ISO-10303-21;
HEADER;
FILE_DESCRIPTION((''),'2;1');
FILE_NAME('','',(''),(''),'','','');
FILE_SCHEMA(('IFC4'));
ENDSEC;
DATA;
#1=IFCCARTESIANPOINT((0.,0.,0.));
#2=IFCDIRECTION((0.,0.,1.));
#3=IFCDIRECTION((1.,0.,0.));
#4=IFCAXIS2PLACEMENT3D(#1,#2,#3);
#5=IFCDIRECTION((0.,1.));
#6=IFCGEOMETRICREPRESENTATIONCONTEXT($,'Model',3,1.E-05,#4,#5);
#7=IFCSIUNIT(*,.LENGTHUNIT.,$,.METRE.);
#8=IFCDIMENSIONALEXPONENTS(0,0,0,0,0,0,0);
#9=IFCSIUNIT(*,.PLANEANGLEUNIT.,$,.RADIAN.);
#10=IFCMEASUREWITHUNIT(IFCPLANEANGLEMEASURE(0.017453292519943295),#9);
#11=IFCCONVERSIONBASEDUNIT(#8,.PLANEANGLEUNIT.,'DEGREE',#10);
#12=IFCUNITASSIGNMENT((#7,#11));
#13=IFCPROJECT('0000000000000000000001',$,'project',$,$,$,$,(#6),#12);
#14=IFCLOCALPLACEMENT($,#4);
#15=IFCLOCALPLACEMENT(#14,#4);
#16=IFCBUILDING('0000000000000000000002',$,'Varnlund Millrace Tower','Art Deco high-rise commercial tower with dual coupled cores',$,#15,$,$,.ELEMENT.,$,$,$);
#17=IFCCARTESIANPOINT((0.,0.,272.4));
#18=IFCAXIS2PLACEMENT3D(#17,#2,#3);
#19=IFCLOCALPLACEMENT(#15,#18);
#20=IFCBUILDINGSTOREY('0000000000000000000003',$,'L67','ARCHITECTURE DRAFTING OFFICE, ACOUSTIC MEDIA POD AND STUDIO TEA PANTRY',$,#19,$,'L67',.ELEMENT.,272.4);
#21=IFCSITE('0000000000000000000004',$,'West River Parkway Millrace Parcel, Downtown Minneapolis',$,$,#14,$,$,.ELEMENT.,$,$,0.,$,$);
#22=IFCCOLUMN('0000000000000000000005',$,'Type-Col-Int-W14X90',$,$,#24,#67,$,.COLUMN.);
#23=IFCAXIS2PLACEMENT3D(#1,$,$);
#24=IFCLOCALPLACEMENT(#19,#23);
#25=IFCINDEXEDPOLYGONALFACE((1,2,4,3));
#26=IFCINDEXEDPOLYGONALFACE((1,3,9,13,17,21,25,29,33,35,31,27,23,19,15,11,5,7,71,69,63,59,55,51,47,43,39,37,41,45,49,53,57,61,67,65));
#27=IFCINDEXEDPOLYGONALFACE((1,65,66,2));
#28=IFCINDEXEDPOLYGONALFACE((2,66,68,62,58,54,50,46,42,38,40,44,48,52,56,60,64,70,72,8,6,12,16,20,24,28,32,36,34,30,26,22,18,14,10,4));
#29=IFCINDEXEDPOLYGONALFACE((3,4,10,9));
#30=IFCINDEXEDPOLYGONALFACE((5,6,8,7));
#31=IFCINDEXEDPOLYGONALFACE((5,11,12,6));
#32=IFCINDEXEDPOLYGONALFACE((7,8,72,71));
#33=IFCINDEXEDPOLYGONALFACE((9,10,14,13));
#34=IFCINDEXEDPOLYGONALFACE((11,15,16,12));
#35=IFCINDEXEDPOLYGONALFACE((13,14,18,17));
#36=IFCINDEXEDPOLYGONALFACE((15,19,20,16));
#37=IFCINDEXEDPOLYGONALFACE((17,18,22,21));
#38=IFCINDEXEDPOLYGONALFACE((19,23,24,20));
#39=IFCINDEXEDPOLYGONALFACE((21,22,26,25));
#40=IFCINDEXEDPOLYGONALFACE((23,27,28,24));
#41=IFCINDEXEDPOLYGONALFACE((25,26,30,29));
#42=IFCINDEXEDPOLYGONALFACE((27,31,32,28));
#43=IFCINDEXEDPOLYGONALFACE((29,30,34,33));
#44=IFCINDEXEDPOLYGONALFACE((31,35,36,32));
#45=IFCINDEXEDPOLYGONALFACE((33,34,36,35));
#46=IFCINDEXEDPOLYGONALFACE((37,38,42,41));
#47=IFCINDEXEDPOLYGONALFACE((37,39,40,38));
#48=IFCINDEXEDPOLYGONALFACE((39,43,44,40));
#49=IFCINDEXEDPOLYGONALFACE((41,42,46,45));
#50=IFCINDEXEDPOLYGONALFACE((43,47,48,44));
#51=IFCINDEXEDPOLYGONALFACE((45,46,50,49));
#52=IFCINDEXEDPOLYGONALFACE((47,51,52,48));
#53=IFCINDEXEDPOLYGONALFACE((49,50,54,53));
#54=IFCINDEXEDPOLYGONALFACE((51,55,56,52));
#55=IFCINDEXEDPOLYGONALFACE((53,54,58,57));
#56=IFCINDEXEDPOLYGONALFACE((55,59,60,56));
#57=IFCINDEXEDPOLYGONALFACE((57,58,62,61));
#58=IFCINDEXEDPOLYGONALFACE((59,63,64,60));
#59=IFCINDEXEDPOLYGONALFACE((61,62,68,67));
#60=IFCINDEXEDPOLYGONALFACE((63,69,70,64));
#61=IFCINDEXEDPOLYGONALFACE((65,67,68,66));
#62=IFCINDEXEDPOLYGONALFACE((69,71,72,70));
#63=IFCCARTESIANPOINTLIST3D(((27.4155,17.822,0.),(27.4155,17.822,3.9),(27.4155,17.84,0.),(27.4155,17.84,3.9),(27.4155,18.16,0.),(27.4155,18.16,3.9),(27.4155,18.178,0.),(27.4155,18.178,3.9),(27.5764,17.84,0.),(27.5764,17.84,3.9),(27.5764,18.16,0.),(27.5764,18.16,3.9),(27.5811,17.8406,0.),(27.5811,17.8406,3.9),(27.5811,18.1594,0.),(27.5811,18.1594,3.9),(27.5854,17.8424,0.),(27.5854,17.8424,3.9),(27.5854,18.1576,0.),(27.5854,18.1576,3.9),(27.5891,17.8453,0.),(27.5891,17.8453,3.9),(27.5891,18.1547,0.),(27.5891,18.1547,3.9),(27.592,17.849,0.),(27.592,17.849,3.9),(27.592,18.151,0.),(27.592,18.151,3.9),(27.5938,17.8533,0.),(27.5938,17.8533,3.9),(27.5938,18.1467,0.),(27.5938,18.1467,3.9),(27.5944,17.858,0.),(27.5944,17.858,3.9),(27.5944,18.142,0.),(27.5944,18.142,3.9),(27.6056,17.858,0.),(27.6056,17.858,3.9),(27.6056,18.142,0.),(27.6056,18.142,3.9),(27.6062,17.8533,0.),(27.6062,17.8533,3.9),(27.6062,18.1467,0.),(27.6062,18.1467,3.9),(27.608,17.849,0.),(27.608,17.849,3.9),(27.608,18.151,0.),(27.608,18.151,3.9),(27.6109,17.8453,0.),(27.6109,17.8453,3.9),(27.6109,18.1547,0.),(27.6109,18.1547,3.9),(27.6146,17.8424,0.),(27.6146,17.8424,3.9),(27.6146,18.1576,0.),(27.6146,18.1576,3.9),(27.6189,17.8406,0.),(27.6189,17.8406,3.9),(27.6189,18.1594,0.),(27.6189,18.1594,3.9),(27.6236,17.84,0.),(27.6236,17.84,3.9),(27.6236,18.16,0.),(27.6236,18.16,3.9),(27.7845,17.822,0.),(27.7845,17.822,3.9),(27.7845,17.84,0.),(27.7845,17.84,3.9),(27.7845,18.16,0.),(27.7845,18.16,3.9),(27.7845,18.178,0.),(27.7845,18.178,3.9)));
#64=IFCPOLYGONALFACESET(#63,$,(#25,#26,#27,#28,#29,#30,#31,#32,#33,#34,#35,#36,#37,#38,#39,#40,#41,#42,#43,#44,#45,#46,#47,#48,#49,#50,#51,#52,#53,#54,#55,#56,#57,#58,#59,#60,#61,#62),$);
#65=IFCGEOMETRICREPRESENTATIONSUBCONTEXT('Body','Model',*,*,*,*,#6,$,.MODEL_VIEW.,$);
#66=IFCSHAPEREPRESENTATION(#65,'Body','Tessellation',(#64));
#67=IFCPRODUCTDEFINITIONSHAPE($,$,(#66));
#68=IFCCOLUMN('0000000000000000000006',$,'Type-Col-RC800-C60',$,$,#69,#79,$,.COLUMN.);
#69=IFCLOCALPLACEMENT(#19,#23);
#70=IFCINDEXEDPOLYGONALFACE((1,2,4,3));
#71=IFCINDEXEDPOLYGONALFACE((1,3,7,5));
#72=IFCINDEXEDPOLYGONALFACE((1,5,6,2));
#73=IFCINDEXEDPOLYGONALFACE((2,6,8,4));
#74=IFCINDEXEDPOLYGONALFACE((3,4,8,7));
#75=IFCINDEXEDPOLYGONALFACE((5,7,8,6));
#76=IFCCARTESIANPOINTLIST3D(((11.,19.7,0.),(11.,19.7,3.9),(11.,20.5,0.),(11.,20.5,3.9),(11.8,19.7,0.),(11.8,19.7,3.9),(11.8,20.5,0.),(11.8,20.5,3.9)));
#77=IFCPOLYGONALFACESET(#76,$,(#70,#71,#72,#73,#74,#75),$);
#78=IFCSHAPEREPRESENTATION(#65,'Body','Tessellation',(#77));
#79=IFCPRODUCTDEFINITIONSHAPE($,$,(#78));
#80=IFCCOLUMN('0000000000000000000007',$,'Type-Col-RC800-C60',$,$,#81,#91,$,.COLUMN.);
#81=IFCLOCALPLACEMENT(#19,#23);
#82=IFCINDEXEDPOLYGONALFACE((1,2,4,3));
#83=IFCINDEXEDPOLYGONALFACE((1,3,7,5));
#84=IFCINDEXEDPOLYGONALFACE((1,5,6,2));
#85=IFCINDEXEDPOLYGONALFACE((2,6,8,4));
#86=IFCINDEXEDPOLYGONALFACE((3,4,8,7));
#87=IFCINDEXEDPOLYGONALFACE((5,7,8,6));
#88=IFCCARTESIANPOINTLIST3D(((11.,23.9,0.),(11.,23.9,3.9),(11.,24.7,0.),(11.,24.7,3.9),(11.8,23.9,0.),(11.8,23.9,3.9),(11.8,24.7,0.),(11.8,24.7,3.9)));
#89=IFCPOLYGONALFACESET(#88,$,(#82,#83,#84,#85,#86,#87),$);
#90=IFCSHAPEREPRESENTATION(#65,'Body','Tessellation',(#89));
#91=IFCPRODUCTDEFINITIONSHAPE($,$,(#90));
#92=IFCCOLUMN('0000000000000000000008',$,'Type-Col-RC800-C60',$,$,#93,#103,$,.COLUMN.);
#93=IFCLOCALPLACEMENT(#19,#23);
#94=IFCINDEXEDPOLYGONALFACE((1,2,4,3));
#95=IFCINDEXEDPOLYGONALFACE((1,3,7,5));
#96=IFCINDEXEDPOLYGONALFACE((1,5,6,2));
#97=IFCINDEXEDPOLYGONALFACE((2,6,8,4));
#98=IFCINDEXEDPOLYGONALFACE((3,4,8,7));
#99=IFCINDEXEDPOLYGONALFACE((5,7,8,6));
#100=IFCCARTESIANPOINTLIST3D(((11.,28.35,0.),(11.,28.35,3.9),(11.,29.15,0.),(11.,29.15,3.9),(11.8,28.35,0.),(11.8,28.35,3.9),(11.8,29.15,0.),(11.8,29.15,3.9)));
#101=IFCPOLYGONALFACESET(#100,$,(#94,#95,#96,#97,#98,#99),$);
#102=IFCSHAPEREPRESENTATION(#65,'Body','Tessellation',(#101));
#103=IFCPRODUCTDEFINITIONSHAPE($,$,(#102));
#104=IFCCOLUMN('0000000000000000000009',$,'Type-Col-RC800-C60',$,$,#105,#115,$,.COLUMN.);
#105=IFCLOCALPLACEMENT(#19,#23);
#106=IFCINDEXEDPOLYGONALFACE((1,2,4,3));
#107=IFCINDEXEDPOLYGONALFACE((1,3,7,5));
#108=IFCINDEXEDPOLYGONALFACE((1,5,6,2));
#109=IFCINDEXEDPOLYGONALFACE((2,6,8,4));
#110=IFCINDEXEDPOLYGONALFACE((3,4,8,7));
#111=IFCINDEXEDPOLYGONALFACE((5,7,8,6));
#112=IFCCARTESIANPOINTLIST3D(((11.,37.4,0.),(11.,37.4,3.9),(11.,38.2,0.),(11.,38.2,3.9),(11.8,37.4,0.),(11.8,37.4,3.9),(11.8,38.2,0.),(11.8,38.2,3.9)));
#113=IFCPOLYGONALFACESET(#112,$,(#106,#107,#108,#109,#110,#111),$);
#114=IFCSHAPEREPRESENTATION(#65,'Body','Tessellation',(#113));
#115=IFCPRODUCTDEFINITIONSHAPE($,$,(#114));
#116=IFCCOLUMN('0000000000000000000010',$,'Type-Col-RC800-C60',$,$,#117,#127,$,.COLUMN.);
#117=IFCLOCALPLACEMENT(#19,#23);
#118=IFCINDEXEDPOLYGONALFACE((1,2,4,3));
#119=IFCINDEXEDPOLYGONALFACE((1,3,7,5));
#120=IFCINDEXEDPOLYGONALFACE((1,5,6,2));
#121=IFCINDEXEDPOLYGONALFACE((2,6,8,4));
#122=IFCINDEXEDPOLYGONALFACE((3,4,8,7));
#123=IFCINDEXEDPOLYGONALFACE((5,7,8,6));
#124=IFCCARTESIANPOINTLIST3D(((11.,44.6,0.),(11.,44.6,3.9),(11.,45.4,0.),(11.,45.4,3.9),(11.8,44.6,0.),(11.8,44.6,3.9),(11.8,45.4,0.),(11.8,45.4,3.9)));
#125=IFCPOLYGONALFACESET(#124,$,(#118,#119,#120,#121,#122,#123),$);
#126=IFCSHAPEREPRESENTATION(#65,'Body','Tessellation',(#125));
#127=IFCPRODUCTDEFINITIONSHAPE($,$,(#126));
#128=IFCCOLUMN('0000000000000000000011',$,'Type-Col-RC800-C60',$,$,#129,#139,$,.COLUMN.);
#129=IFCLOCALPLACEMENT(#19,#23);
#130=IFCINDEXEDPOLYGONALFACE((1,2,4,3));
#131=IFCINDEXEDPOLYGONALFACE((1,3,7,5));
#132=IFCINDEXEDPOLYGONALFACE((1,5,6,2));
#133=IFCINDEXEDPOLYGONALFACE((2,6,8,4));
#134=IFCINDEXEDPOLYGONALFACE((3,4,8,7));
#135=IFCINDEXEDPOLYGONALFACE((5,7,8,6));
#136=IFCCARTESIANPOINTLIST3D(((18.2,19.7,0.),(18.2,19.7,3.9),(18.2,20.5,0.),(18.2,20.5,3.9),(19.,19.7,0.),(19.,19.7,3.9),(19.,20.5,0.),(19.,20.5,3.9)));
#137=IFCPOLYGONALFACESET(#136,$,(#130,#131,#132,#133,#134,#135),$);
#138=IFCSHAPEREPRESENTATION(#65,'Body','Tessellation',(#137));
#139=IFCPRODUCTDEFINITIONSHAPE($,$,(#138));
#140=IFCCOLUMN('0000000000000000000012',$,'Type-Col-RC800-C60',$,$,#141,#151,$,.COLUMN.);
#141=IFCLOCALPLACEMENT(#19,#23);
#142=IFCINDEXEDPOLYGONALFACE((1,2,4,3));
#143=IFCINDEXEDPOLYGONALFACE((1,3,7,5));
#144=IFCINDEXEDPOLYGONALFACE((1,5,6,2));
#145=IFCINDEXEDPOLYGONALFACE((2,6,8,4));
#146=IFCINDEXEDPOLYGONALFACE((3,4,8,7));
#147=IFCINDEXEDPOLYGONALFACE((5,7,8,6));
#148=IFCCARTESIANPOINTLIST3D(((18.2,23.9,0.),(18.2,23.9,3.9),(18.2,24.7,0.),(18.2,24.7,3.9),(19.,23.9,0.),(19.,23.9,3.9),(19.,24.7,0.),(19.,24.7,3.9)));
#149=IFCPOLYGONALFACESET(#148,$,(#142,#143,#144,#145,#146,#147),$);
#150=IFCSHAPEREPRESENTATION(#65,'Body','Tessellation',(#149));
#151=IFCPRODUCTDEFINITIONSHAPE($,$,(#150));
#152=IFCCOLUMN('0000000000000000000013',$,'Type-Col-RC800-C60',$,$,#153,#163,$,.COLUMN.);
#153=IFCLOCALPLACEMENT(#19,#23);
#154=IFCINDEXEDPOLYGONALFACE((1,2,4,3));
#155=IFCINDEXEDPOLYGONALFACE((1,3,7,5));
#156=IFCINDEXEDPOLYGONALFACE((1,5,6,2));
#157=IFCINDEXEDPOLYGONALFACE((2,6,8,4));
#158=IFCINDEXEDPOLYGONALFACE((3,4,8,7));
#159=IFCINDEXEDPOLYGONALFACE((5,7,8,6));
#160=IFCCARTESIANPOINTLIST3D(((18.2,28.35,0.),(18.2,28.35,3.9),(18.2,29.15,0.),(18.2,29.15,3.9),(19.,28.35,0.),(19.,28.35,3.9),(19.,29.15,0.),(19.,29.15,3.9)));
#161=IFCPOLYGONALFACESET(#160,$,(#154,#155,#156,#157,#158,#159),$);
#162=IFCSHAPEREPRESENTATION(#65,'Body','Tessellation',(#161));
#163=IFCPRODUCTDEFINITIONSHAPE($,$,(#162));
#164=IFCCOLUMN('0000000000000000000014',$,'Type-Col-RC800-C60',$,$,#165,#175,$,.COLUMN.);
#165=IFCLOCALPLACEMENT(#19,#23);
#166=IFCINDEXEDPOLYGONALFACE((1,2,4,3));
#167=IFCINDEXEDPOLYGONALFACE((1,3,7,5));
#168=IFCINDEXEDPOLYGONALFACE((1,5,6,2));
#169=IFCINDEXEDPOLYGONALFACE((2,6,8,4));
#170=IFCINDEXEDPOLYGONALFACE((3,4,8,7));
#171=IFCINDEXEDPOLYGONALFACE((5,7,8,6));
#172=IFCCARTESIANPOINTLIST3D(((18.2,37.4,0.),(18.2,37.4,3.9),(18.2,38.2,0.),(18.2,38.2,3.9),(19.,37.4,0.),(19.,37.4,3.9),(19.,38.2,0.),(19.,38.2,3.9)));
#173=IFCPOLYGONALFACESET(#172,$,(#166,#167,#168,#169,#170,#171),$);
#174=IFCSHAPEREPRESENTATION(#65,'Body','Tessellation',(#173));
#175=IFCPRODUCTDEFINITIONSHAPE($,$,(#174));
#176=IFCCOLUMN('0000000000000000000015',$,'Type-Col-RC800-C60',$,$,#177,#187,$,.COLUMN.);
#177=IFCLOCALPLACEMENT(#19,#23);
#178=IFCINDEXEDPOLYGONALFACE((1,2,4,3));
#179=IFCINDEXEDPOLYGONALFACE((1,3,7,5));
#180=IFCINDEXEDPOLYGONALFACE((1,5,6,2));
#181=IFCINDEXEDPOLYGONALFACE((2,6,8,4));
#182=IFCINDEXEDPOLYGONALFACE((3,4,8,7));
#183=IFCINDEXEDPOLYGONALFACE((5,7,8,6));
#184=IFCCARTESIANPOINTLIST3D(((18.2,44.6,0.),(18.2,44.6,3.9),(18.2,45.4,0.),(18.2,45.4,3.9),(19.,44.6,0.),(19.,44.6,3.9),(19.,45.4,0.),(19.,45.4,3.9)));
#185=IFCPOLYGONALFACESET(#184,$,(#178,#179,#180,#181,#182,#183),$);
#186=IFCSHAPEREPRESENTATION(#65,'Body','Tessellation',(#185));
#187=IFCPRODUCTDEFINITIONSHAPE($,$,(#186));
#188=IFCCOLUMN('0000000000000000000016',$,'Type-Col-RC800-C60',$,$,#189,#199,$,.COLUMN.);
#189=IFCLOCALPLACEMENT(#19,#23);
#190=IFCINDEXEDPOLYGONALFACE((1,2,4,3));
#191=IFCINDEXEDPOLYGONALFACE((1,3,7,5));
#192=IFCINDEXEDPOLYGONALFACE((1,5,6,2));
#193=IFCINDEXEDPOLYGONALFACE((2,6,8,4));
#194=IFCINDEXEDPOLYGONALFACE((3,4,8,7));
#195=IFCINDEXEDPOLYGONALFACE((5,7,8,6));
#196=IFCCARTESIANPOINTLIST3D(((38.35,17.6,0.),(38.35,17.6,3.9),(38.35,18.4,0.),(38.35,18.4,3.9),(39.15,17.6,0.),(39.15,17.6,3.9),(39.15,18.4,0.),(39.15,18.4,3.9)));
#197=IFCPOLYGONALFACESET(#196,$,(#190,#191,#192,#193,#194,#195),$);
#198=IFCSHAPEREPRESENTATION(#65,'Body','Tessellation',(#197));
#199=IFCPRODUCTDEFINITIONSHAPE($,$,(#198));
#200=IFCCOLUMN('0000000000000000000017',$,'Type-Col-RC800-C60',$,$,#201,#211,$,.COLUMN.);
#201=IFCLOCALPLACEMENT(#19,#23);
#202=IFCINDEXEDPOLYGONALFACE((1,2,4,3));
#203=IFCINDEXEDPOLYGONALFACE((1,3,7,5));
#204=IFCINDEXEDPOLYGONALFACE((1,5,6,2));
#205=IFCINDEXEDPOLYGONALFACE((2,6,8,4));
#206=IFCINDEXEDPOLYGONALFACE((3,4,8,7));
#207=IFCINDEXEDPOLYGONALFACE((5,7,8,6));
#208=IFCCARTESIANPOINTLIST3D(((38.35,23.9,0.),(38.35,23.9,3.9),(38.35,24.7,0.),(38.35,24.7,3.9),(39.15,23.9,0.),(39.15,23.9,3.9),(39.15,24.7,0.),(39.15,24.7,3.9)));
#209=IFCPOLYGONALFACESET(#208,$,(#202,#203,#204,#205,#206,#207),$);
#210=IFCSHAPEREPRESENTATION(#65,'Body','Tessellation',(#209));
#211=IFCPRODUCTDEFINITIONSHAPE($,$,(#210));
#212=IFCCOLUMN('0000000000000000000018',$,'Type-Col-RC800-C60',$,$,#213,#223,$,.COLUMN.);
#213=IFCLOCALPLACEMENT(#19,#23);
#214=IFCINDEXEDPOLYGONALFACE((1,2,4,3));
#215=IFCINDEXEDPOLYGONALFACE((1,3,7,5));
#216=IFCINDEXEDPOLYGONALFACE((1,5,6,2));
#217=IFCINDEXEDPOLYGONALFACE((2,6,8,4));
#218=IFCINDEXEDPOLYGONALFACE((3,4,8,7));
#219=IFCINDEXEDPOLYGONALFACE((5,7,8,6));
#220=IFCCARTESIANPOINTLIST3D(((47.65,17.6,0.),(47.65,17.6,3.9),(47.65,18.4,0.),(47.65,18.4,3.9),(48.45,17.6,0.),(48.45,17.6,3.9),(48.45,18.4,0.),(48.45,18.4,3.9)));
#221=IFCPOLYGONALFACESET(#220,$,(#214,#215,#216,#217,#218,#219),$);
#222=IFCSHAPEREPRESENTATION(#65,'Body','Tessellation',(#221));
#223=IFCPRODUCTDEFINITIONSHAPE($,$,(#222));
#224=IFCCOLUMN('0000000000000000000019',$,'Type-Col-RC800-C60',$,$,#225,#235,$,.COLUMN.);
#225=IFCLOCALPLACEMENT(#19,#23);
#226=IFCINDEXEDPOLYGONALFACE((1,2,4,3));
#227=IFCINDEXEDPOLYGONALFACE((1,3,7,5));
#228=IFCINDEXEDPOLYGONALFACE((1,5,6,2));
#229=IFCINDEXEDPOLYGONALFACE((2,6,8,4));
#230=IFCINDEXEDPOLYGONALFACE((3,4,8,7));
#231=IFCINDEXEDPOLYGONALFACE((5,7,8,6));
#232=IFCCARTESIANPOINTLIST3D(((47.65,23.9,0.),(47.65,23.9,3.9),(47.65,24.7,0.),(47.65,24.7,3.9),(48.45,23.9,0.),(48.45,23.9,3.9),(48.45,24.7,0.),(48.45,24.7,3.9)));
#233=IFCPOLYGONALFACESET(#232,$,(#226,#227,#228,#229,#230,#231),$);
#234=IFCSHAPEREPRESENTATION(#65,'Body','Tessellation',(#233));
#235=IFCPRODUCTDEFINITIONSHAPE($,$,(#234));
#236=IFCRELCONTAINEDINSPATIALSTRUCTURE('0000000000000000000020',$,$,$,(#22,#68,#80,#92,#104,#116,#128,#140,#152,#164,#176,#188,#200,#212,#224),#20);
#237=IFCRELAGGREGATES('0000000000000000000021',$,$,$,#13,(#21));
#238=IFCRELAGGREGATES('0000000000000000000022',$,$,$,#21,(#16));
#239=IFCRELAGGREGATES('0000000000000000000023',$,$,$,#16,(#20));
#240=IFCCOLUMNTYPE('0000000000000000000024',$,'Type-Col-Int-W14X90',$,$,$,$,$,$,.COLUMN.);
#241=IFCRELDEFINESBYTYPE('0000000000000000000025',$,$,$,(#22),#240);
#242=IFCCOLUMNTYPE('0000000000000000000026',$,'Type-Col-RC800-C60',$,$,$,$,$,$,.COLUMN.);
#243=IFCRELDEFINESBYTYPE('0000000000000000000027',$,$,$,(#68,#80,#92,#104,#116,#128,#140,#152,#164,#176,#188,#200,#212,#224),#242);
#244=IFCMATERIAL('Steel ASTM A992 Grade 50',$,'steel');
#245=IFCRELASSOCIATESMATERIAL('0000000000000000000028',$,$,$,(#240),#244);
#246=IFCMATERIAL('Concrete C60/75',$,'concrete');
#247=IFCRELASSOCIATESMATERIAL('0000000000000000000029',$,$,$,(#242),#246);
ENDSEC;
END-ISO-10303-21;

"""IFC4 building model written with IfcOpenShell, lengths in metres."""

from ifc_helpers import new_model, entity, si_unit, converted_unit, direction, frame, origin_with_axes, origin_2d_with_axis, place, context, subcontext, project, spatial, rectangle, i_section, extrude, material, material_profile, profile_set, type_object, element, save


model = new_model("IFC4")

# Units and contexts
model_context = context("Model", 3, precision=1e-05, world=origin_with_axes(), true_north=direction((0.0, 1.0)))
body_context = subcontext(model_context, "Body", "Model", "MODEL_VIEW")
ifc_project = project(units=[si_unit("LENGTHUNIT", "METRE"), converted_unit("PLANEANGLEUNIT", "DEGREE", entity("IfcPlaneAngleMeasure", 0.017453292519943295), si_unit("PLANEANGLEUNIT", "RADIAN"), dimensions=[0, 0, 0, 0, 0, 0, 0])], contexts=[model_context])

# Site, building, storey
site_placement = place(None, origin_with_axes())
site = spatial("IfcSite", under=ifc_project, at=site_placement, Name="West River Parkway Millrace Parcel, Downtown Minneapolis", CompositionType="ELEMENT", RefElevation=0.0)
building_placement = place(site_placement, origin_with_axes())
building = spatial("IfcBuilding", under=site, at=building_placement, Name="Varnlund Millrace Tower", Description="Art Deco high-rise commercial tower with dual coupled cores", CompositionType="ELEMENT")
storey_placement = place(building_placement, frame((0.0, 0.0, 272.4), z_axis=(0.0, 0.0, 1.0), x_axis=(1.0, 0.0, 0.0)))
storey = spatial("IfcBuildingStorey", under=building, at=storey_placement, Name="L67", Description="ARCHITECTURE DRAFTING OFFICE, ACOUSTIC MEDIA POD AND STUDIO TEA PANTRY", LongName="L67", CompositionType="ELEMENT", Elevation=272.4)

# Columns
ifc_material_1 = material(Name="Steel ASTM A992 Grade 50", Category="steel")
ifc_material_profile_1 = material_profile(ifc_material_1, i_section(OverallWidth=0.369, OverallDepth=0.356, WebThickness=0.0112, FlangeThickness=0.018, FilletRadius=0.018, at=origin_2d_with_axis()), Name="Steel ASTM A992 Grade 50")
ifc_profile_set_1 = profile_set([ifc_material_profile_1], Name="Steel ASTM A992 Grade 50")
column_type_1 = type_object("IfcColumnType", Name="Type-Col-Int-W14X90", PredefinedType="COLUMN", material=ifc_profile_set_1)
column_placement = place(storey_placement, frame((27.6, 18.0, 0.0), z_axis=(0.0, 0.0, 1.0), x_axis=(1.0, 0.0, 0.0)))
element("IfcColumn", 1, at=column_placement, inside=storey, type_object=column_type_1, Name="Type-Col-Int-W14X90", PredefinedType="COLUMN", context=body_context, shape_type="SweptSolid", body=[
    extrude(i_section(OverallWidth=0.369, OverallDepth=0.356, WebThickness=0.0112, FlangeThickness=0.018, FilletRadius=0.018, at=origin_2d_with_axis()), origin_with_axes(), (0.0, 0.0, 1.0), 3.9),
])
ifc_material_2 = material(Name="Concrete C60/75", Category="concrete")
ifc_material_profile_2 = material_profile(ifc_material_2, rectangle(XDim=0.8, YDim=0.8, at=origin_2d_with_axis()), Name="Concrete C60/75")
ifc_profile_set_2 = profile_set([ifc_material_profile_2], Name="Concrete C60/75")
column_type_2 = type_object("IfcColumnType", Name="Type-Col-RC800-C60", PredefinedType="COLUMN", material=ifc_profile_set_2)
for number, where, z_axis, x_axis, name in (
    (2, (11.4, 20.1, 0.0), (0.0, 0.0, 1.0), (1.0, 0.0, 0.0), "Type-Col-RC800-C60"),
    (3, (11.4, 24.3, 0.0), (0.0, 0.0, 1.0), (1.0, 0.0, 0.0), "Type-Col-RC800-C60"),
    (4, (11.4, 28.75, 0.0), (0.0, 0.0, 1.0), (1.0, 0.0, 0.0), "Type-Col-RC800-C60"),
    (5, (11.4, 37.8, 0.0), (0.0, 0.0, 1.0), (1.0, 0.0, 0.0), "Type-Col-RC800-C60"),
    (6, (11.4, 45.0, 0.0), (0.0, 0.0, 1.0), (1.0, 0.0, 0.0), "Type-Col-RC800-C60"),
    (7, (18.6, 20.1, 0.0), (0.0, 0.0, 1.0), (1.0, 0.0, 0.0), "Type-Col-RC800-C60"),
    (8, (18.6, 24.3, 0.0), (0.0, 0.0, 1.0), (1.0, 0.0, 0.0), "Type-Col-RC800-C60"),
    (9, (18.6, 28.75, 0.0), (0.0, 0.0, 1.0), (1.0, 0.0, 0.0), "Type-Col-RC800-C60"),
    (10, (18.6, 37.8, 0.0), (0.0, 0.0, 1.0), (1.0, 0.0, 0.0), "Type-Col-RC800-C60"),
    (11, (18.6, 45.0, 0.0), (0.0, 0.0, 1.0), (1.0, 0.0, 0.0), "Type-Col-RC800-C60"),
    (12, (38.75, 18.0, 0.0), (0.0, 0.0, 1.0), (1.0, 0.0, 0.0), "Type-Col-RC800-C60"),
    (13, (38.75, 24.3, 0.0), (0.0, 0.0, 1.0), (1.0, 0.0, 0.0), "Type-Col-RC800-C60"),
    (14, (48.05, 18.0, 0.0), (0.0, 0.0, 1.0), (1.0, 0.0, 0.0), "Type-Col-RC800-C60"),
    (15, (48.05, 24.3, 0.0), (0.0, 0.0, 1.0), (1.0, 0.0, 0.0), "Type-Col-RC800-C60"),
):
    element("IfcColumn", number, at=place(storey_placement, frame(where, z_axis=z_axis, x_axis=x_axis)), inside=storey, type_object=column_type_2, Name=name, PredefinedType="COLUMN", context=body_context, shape_type="SweptSolid", body=[
        extrude(rectangle(XDim=0.8, YDim=0.8, at=origin_2d_with_axis()), origin_with_axes(), (0.0, 0.0, 1.0), 3.9),
    ])

save(model, "model.ifc")
